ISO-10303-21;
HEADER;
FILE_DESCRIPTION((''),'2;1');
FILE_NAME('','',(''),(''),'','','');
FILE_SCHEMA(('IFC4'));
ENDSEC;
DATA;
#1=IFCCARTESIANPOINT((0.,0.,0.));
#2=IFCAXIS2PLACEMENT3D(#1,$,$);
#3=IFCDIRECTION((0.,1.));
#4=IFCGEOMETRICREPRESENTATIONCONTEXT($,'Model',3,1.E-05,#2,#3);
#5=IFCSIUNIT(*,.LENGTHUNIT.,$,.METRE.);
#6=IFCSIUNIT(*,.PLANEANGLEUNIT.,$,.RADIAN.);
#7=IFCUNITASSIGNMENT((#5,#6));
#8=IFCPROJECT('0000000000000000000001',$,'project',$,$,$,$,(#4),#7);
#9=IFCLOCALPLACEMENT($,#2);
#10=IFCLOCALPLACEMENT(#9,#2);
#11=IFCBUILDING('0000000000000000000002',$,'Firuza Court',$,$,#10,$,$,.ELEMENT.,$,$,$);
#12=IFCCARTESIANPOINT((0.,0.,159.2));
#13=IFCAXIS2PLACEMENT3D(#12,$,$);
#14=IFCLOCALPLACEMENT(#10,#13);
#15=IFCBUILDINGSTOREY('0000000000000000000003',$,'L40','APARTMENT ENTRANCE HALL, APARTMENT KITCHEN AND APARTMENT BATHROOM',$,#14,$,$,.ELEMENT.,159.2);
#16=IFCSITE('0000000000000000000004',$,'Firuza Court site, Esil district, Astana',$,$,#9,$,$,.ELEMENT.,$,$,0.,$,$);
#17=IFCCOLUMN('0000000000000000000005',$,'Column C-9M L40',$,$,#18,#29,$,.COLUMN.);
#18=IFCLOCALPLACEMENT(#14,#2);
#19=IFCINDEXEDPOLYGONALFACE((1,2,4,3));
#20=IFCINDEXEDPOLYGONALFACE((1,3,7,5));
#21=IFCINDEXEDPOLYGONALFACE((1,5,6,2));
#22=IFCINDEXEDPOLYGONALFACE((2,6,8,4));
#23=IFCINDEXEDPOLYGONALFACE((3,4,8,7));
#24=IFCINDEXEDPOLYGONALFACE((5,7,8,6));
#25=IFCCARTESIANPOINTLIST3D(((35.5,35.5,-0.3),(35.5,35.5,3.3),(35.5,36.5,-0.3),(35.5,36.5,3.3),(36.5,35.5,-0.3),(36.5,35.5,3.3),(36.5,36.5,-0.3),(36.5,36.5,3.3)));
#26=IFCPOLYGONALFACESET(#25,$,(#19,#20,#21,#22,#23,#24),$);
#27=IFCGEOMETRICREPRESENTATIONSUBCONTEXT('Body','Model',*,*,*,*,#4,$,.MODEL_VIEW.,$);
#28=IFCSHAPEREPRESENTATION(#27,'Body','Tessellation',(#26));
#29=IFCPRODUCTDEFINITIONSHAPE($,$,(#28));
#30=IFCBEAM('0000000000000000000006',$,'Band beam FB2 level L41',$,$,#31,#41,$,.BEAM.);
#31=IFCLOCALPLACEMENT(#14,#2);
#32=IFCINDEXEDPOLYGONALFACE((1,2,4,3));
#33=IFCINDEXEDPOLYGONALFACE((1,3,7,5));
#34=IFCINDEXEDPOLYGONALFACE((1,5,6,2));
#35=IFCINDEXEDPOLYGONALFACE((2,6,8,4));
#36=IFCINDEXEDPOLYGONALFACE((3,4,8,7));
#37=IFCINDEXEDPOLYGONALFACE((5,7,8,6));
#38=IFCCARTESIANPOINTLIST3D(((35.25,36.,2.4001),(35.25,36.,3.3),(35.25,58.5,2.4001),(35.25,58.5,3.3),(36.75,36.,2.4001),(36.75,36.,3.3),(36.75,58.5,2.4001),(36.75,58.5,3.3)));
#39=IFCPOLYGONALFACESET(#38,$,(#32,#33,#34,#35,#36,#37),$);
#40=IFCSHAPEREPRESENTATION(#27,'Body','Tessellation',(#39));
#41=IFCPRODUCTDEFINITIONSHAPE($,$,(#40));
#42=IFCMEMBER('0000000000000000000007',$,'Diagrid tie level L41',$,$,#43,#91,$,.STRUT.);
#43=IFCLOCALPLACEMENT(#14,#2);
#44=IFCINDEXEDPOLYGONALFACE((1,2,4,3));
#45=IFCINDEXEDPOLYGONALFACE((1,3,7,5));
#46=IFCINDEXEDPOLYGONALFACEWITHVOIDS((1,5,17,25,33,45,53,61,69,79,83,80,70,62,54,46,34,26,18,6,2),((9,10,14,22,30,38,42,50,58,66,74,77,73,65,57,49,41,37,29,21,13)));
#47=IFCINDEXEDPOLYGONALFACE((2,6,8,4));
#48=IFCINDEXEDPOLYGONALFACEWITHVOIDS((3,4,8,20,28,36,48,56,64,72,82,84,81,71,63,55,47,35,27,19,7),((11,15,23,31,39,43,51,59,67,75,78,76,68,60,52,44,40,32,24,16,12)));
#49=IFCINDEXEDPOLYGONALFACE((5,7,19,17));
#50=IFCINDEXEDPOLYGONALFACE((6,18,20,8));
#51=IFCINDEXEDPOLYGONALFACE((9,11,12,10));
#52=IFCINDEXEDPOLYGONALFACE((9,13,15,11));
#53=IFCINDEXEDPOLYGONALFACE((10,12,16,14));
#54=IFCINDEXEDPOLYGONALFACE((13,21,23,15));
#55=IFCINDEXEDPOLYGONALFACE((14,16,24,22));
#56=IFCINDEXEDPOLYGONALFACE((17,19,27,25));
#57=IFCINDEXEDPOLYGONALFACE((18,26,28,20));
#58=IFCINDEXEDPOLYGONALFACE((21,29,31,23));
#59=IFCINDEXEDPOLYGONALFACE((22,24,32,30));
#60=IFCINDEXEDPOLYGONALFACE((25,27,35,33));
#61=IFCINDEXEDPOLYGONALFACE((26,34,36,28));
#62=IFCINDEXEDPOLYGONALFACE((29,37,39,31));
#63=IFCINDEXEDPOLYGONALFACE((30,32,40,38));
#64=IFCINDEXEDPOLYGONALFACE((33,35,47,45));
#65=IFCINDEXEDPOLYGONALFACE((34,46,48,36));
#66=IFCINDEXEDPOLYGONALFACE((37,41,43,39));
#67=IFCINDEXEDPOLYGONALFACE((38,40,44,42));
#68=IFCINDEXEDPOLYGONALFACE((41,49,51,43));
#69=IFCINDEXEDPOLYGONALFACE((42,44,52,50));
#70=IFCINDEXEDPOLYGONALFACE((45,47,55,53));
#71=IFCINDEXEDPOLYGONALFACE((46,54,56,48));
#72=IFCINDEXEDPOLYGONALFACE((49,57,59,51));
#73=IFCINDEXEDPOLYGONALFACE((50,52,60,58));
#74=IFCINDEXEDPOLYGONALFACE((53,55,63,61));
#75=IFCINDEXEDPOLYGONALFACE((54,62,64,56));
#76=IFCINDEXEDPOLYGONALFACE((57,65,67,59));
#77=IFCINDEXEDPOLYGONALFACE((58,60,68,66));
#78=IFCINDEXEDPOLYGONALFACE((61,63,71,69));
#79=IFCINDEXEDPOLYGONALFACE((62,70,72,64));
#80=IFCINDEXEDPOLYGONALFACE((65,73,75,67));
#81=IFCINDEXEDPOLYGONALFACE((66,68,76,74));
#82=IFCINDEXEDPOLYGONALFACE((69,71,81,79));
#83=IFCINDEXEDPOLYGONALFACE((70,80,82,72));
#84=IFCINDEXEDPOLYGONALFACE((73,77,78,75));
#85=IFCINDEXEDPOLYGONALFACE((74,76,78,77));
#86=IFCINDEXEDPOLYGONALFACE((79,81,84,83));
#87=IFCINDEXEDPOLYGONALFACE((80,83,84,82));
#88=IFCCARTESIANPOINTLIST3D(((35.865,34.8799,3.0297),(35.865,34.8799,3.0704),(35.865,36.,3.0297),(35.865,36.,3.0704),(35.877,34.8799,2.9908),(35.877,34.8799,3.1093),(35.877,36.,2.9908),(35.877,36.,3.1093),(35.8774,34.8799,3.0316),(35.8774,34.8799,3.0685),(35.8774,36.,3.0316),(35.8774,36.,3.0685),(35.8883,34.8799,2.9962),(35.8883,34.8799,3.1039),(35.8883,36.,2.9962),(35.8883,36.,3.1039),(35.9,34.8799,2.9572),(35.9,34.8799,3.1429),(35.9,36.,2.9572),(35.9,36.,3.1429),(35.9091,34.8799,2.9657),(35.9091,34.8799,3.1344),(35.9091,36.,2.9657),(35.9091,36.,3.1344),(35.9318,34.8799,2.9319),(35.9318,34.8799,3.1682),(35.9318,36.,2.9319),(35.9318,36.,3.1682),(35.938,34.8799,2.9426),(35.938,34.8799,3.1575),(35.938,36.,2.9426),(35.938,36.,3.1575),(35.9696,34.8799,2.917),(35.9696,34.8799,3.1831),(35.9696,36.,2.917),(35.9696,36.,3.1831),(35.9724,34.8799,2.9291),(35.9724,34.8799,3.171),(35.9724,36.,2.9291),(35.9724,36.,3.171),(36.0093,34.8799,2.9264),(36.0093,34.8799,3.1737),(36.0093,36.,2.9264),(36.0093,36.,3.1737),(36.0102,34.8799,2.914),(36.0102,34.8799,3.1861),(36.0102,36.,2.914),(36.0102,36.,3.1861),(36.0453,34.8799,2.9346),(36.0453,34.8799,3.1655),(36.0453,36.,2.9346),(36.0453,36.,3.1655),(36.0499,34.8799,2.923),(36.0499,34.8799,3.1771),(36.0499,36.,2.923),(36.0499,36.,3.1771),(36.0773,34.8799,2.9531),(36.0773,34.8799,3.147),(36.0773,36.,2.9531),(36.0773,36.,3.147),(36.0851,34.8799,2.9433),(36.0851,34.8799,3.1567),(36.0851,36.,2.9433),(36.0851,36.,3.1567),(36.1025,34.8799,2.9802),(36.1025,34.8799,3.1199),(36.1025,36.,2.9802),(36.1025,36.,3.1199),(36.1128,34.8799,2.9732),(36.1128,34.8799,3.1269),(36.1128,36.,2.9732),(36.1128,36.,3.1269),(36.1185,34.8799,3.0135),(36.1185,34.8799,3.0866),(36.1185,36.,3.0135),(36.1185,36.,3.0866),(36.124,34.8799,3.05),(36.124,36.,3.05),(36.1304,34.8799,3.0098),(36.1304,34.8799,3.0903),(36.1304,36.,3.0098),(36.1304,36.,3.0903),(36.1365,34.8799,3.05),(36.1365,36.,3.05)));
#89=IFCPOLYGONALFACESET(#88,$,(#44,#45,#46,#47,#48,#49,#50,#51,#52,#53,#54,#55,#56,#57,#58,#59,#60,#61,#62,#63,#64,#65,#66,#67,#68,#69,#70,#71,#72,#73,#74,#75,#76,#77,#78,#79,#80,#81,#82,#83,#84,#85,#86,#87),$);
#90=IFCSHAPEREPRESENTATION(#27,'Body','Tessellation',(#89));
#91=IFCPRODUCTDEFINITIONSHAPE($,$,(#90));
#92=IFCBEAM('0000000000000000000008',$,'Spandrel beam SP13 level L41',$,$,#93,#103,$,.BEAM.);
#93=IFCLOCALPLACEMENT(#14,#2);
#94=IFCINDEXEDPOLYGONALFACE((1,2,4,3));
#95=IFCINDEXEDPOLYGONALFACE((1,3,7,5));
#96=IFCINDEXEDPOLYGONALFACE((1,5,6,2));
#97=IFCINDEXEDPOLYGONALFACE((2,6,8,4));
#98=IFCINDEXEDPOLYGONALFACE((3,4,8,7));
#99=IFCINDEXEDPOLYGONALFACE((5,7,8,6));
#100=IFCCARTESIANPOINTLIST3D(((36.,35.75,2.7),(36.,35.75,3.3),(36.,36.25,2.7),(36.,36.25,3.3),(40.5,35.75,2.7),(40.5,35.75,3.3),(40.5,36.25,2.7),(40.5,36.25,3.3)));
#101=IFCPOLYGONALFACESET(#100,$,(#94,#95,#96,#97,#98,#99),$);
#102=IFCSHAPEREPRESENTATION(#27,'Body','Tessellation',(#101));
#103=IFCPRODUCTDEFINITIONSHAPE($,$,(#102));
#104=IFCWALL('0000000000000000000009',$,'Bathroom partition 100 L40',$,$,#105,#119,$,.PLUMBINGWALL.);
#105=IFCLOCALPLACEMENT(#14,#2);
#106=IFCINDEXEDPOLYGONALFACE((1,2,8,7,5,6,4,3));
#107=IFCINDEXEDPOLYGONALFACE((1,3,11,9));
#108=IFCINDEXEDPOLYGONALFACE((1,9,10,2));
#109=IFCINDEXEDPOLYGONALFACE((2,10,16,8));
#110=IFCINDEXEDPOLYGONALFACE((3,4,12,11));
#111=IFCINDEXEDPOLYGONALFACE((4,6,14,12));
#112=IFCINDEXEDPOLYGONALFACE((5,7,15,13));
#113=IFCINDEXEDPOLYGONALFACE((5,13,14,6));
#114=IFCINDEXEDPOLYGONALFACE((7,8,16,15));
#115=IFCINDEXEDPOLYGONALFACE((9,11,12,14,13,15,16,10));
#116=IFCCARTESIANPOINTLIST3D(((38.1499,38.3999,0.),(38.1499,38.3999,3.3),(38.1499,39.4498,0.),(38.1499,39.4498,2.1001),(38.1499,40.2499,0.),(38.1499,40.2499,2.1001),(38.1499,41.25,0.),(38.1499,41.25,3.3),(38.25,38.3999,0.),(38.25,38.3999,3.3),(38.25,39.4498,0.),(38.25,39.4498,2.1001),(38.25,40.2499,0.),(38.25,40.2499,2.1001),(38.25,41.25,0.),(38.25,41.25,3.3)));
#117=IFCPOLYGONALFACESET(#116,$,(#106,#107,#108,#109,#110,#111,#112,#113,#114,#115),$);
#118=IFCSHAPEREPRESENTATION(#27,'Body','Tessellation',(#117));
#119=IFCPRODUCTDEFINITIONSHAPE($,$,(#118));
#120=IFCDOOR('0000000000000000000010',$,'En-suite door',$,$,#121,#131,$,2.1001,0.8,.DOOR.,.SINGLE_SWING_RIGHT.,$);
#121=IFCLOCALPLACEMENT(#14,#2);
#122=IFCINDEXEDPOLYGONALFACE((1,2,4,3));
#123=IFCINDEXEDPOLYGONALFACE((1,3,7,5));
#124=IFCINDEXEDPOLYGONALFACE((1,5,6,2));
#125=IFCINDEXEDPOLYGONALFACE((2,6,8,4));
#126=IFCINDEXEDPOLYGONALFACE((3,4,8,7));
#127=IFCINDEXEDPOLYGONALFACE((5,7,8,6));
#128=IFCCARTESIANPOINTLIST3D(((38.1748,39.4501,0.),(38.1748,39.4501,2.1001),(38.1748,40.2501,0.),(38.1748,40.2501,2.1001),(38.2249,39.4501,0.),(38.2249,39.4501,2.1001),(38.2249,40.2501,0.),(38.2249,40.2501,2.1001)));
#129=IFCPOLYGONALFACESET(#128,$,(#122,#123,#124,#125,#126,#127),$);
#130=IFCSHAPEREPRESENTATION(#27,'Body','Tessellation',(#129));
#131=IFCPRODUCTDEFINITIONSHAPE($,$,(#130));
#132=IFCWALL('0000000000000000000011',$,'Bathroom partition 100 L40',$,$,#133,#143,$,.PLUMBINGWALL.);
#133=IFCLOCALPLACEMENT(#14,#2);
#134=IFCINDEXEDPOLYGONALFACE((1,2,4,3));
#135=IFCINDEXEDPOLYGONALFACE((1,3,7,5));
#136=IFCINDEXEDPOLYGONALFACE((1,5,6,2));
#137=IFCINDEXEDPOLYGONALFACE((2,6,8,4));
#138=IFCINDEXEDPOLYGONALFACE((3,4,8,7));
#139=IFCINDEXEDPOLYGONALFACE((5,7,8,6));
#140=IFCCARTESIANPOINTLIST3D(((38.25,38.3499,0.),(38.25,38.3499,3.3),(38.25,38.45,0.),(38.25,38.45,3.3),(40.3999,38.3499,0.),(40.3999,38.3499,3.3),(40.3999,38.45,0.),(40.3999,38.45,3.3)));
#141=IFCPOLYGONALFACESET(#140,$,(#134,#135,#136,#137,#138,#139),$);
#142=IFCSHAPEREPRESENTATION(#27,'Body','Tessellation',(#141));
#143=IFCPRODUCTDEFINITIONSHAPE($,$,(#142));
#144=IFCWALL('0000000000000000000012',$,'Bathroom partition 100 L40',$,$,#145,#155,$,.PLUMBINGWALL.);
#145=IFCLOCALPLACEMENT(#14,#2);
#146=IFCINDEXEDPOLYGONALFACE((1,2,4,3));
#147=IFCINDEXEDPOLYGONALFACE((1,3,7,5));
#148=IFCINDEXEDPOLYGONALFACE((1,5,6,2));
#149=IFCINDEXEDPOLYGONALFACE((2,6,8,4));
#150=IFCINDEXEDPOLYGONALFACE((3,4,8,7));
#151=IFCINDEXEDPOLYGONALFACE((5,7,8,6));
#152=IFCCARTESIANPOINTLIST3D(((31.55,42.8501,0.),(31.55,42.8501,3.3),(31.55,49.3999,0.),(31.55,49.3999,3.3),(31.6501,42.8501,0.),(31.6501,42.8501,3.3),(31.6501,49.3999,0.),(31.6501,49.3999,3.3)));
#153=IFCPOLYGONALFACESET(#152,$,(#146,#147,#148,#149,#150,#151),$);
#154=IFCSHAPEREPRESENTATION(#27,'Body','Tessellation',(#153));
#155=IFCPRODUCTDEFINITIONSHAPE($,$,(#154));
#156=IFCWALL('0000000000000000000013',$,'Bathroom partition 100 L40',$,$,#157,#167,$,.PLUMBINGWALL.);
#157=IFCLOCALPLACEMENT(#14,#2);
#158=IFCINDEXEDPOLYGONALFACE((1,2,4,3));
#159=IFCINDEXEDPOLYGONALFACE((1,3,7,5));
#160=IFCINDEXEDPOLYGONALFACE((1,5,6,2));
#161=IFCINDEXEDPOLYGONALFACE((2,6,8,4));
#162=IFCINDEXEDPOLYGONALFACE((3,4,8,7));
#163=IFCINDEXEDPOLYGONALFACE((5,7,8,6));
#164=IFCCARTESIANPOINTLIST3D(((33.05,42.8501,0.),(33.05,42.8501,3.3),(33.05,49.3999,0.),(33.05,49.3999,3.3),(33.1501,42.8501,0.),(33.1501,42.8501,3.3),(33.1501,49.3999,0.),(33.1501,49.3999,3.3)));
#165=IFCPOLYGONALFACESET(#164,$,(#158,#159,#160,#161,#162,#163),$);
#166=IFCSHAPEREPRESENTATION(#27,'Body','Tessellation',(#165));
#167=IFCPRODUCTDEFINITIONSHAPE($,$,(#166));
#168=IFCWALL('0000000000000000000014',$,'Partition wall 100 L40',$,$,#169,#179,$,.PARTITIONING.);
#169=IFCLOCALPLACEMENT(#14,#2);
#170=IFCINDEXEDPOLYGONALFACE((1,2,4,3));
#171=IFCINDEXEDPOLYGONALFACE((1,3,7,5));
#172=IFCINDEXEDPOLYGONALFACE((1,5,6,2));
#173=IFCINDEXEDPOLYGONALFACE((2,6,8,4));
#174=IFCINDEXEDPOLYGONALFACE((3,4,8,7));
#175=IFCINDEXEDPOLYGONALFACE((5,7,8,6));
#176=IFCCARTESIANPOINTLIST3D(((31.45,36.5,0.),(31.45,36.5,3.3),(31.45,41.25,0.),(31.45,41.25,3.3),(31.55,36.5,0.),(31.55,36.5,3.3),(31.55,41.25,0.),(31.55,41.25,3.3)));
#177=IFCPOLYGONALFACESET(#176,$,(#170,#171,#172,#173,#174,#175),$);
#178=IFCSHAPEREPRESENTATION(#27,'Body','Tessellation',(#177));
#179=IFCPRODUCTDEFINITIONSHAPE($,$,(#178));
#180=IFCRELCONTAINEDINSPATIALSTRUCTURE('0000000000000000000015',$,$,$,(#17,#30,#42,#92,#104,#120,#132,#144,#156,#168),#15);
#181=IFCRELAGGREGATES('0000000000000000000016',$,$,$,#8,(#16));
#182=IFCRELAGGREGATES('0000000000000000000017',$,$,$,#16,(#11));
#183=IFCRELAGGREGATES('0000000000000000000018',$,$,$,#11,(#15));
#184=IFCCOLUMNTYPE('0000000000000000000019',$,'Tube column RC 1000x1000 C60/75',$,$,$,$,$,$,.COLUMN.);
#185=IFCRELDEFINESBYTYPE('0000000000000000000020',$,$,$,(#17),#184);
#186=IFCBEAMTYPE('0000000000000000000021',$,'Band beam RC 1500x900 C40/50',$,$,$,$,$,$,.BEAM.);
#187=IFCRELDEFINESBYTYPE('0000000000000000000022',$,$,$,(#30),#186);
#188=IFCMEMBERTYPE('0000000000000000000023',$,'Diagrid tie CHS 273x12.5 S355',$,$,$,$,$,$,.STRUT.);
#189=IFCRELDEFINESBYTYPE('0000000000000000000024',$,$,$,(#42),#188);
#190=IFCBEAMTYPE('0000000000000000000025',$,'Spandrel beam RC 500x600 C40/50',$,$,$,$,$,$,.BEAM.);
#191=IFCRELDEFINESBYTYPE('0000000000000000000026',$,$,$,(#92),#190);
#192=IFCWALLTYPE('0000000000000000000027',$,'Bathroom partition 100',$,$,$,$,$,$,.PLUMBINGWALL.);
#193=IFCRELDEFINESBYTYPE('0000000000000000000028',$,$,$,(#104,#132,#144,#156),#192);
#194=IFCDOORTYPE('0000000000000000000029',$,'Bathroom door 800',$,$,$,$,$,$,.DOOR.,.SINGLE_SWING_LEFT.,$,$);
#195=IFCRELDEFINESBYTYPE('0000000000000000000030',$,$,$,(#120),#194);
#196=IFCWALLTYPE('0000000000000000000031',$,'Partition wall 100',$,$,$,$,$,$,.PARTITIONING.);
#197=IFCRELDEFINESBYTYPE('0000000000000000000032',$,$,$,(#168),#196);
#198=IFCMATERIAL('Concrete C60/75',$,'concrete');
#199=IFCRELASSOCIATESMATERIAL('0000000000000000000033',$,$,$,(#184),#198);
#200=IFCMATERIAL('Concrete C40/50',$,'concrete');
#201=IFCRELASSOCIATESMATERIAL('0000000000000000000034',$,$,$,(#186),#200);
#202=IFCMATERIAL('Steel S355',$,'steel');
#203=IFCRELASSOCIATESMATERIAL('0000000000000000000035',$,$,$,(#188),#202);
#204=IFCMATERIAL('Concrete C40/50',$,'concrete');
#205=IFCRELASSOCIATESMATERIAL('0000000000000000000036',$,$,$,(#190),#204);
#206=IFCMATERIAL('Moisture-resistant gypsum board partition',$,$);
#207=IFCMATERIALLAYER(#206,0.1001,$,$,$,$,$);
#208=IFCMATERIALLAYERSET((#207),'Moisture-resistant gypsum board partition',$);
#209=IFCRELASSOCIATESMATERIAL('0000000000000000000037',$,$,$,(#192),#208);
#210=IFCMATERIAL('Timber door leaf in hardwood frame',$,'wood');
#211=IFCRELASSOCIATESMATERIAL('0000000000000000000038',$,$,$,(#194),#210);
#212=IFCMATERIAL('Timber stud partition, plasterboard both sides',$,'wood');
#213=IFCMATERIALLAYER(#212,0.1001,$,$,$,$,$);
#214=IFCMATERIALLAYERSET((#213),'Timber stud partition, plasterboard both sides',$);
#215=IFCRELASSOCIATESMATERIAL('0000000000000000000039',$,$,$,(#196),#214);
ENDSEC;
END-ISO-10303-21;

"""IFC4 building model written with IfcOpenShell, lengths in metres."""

from ifc_helpers import new_model, si_unit, direction, frame, frame_2d, origin, origin_2d, place, context, subcontext, project, spatial, rectangle, hollow_circle, extrude, material, layer, layer_set, material_profile, profile_set, type_object, element, fill, save


model = new_model("IFC4")

# Units and contexts
model_context = context("Model", 3, precision=1e-05, world=origin(), true_north=direction((0.0, 1.0)))
body_context = subcontext(model_context, "Body", "Model", "MODEL_VIEW")
ifc_project = project(units=[si_unit("LENGTHUNIT", "METRE"), si_unit("PLANEANGLEUNIT", "RADIAN")], contexts=[model_context])

# Site, building, storey
site_placement = place(None, origin())
site = spatial("IfcSite", under=ifc_project, at=site_placement, Name="Firuza Court site, Esil district, Astana", CompositionType="ELEMENT", RefElevation=0.0)
building_placement = place(site_placement, origin())
building = spatial("IfcBuilding", under=site, at=building_placement, Name="Firuza Court", CompositionType="ELEMENT")
storey_placement = place(building_placement, frame((0.0, 0.0, 159.2)))
storey = spatial("IfcBuildingStorey", under=building, at=storey_placement, Name="L40", Description="APARTMENT ENTRANCE HALL, APARTMENT KITCHEN AND APARTMENT BATHROOM", CompositionType="ELEMENT", Elevation=159.2)

# Column
ifc_material_1 = material(Name="Concrete C60/75", Category="concrete")
ifc_material_profile_1 = material_profile(ifc_material_1, rectangle(XDim=1.0, YDim=1.0, at=origin_2d()), Name="RC 1000x1000")
ifc_profile_set_1 = profile_set([ifc_material_profile_1], Name="Concrete C60/75")
column_type = type_object("IfcColumnType", Name="Tube column RC 1000x1000 C60/75", PredefinedType="COLUMN", material=ifc_profile_set_1)
column_placement = place(storey_placement, frame((36.0, 36.0, -0.3), z_axis=(0.0, 0.0, 1.0), x_axis=(1.0, 0.0, 0.0)))
element("IfcColumn", 1, at=column_placement, inside=storey, type_object=column_type, Name="Column C-9M L40", PredefinedType="COLUMN", context=body_context, shape_type="SweptSolid", body=[
    extrude(rectangle(XDim=1.0, YDim=1.0, at=origin_2d()), origin(), (0.0, 0.0, 1.0), 3.6001),
])

# Beam
ifc_material_2 = material(Name="Concrete C40/50", Category="concrete")
ifc_material_profile_2 = material_profile(ifc_material_2, rectangle(XDim=1.5, YDim=0.8999, at=origin_2d()), Name="RC 1500x900")
ifc_profile_set_2 = profile_set([ifc_material_profile_2], Name="Concrete C40/50")
beam_type_1 = type_object("IfcBeamType", Name="Band beam RC 1500x900 C40/50", PredefinedType="BEAM", material=ifc_profile_set_2)
beam_1_placement = place(storey_placement, frame((36.0, 36.0, 2.8501), z_axis=(0.0, 1.0, 0.0), x_axis=(-1.0, 0.0, 0.0)))
element("IfcBeam", 2, at=beam_1_placement, inside=storey, type_object=beam_type_1, Name="Band beam FB2 level L41", PredefinedType="BEAM", context=body_context, shape_type="SweptSolid", body=[
    extrude(rectangle(XDim=1.5, YDim=0.8999, at=origin_2d()), origin(), (0.0, 0.0, 1.0), 22.5),
])

# Member
ifc_material_3 = material(Name="Steel S355", Category="steel")
ifc_material_profile_3 = material_profile(ifc_material_3, hollow_circle(Radius=0.1365, WallThickness=0.0125, at=origin_2d()), Name="CHS 273x12.5")
ifc_profile_set_3 = profile_set([ifc_material_profile_3], Name="Steel S355")
member_type = type_object("IfcMemberType", Name="Diagrid tie CHS 273x12.5 S355", PredefinedType="STRUT", material=ifc_profile_set_3)
member_placement = place(storey_placement, frame((36.0, 36.0, 3.05), z_axis=(0.0, -1.0, 0.0), x_axis=(1.0, 0.0, 0.0)))
element("IfcMember", 3, at=member_placement, inside=storey, type_object=member_type, Name="Diagrid tie level L41", PredefinedType="STRUT", context=body_context, shape_type="SweptSolid", body=[
    extrude(hollow_circle(Radius=0.1365, WallThickness=0.0125, at=origin_2d()), origin(), (0.0, 0.0, 1.0), 1.1201),
])

# Beam
ifc_material_4 = material(Name="Concrete C40/50", Category="concrete")
ifc_material_profile_4 = material_profile(ifc_material_4, rectangle(XDim=0.5, YDim=0.6001, at=origin_2d()), Name="RC 500x600")
ifc_profile_set_4 = profile_set([ifc_material_profile_4], Name="Concrete C40/50")
beam_type_2 = type_object("IfcBeamType", Name="Spandrel beam RC 500x600 C40/50", PredefinedType="BEAM", material=ifc_profile_set_4)
beam_2_placement = place(storey_placement, frame((36.0, 36.0, 3.0), z_axis=(1.0, 0.0, 0.0), x_axis=(0.0, 1.0, 0.0)))
element("IfcBeam", 4, at=beam_2_placement, inside=storey, type_object=beam_type_2, Name="Spandrel beam SP13 level L41", PredefinedType="BEAM", context=body_context, shape_type="SweptSolid", body=[
    extrude(rectangle(XDim=0.5, YDim=0.6001, at=origin_2d()), origin(), (0.0, 0.0, 1.0), 4.5),
])

# Wall, opening, door
ifc_material_5 = material(Name="Moisture-resistant gypsum board partition")
ifc_layer_1 = layer(ifc_material_5, 0.1001)
ifc_layer_set_1 = layer_set([ifc_layer_1], Name="Moisture-resistant gypsum board partition")
wall_type_1 = type_object("IfcWallType", Name="Bathroom partition 100", PredefinedType="PLUMBINGWALL", material=ifc_layer_set_1)
wall_1_placement = place(storey_placement, frame((38.2, 38.3999, 0.0), z_axis=(0.0, 0.0, 1.0), x_axis=(0.0, 1.0, 0.0)))
wall_1 = element("IfcWall", 5, at=wall_1_placement, inside=storey, type_object=wall_type_1, Name="Bathroom partition 100 L40", PredefinedType="PLUMBINGWALL", context=body_context, shape_type="SweptSolid", body=[
    extrude(rectangle(XDim=2.8501, YDim=0.1001, at=frame_2d((1.425, 0.0))), origin(), (0.0, 0.0, 1.0), 3.3),
])
opening_placement = place(wall_1_placement, frame((1.05, 0.0, 0.0)))
opening = element("IfcOpeningElement", 6, at=opening_placement, cuts=wall_1, PredefinedType="OPENING", context=body_context, shape_type="SweptSolid", body=[
    extrude(rectangle(XDim=0.8, YDim=2.1001, at=frame_2d((0.3999, 1.05))), frame((0.0, 0.062, 0.0), z_axis=(0.0, -1.0, 0.0), x_axis=(1.0, 0.0, 0.0)), (0.0, 0.0, 1.0), 0.124),
])
ifc_material_6 = material(Name="Timber door leaf in hardwood frame", Category="wood")
door_type = type_object("IfcDoorType", Name="Bathroom door 800", OperationType="SINGLE_SWING_LEFT", PredefinedType="DOOR", material=ifc_material_6)
door_placement = place(opening_placement, frame((0.8, 0.0, 0.0), z_axis=(0.0, 0.0, 1.0), x_axis=(-1.0, 0.0, 0.0)))
door = element("IfcDoor", 7, at=door_placement, inside=storey, type_object=door_type, Name="En-suite door", OperationType="SINGLE_SWING_RIGHT", OverallHeight=2.1001, OverallWidth=0.8, PredefinedType="DOOR", context=body_context, shape_type="SweptSolid", body=[
    extrude(rectangle(XDim=0.8, YDim=2.1001, at=frame_2d((0.3999, 1.05))), frame((0.0, 0.0249, 0.0), z_axis=(0.0, -1.0, 0.0), x_axis=(1.0, 0.0, 0.0)), (0.0, 0.0, 1.0), 0.05),
])
fill(opening, door)

# Walls
wall_2_placement = place(storey_placement, frame((38.25, 38.3999, 0.0), z_axis=(0.0, 0.0, 1.0), x_axis=(1.0, 0.0, 0.0)))
element("IfcWall", 8, at=wall_2_placement, inside=storey, type_object=wall_type_1, Name="Bathroom partition 100 L40", PredefinedType="PLUMBINGWALL", context=body_context, shape_type="SweptSolid", body=[
    extrude(rectangle(XDim=2.1499, YDim=0.1001, at=frame_2d((1.075, 0.0))), origin(), (0.0, 0.0, 1.0), 3.3),
])
for number, where, z_axis, x_axis, name in (
    (9, (31.6001, 42.8501, 0.0), (0.0, 0.0, 1.0), (0.0, 1.0, 0.0), "Bathroom partition 100 L40"),
    (10, (33.1001, 42.8501, 0.0), (0.0, 0.0, 1.0), (0.0, 1.0, 0.0), "Bathroom partition 100 L40"),
):
    element("IfcWall", number, at=place(storey_placement, frame(where, z_axis=z_axis, x_axis=x_axis)), inside=storey, type_object=wall_type_1, Name=name, PredefinedType="PLUMBINGWALL", context=body_context, shape_type="SweptSolid", body=[
        extrude(rectangle(XDim=6.5498, YDim=0.1001, at=frame_2d((3.2749, 0.0))), origin(), (0.0, 0.0, 1.0), 3.3),
    ])
ifc_material_7 = material(Name="Timber stud partition, plasterboard both sides", Category="wood")
ifc_layer_2 = layer(ifc_material_7, 0.1001)
ifc_layer_set_2 = layer_set([ifc_layer_2], Name="Timber stud partition, plasterboard both sides")
wall_type_2 = type_object("IfcWallType", Name="Partition wall 100", PredefinedType="PARTITIONING", material=ifc_layer_set_2)
wall_3_placement = place(storey_placement, frame((31.5, 36.5, 0.0), z_axis=(0.0, 0.0, 1.0), x_axis=(0.0, 1.0, 0.0)))
element("IfcWall", 11, at=wall_3_placement, inside=storey, type_object=wall_type_2, Name="Partition wall 100 L40", PredefinedType="PARTITIONING", context=body_context, shape_type="SweptSolid", body=[
    extrude(rectangle(XDim=4.75, YDim=0.1001, at=frame_2d((2.375, 0.0))), origin(), (0.0, 0.0, 1.0), 3.3),
])

save(model, "model.ifc")
